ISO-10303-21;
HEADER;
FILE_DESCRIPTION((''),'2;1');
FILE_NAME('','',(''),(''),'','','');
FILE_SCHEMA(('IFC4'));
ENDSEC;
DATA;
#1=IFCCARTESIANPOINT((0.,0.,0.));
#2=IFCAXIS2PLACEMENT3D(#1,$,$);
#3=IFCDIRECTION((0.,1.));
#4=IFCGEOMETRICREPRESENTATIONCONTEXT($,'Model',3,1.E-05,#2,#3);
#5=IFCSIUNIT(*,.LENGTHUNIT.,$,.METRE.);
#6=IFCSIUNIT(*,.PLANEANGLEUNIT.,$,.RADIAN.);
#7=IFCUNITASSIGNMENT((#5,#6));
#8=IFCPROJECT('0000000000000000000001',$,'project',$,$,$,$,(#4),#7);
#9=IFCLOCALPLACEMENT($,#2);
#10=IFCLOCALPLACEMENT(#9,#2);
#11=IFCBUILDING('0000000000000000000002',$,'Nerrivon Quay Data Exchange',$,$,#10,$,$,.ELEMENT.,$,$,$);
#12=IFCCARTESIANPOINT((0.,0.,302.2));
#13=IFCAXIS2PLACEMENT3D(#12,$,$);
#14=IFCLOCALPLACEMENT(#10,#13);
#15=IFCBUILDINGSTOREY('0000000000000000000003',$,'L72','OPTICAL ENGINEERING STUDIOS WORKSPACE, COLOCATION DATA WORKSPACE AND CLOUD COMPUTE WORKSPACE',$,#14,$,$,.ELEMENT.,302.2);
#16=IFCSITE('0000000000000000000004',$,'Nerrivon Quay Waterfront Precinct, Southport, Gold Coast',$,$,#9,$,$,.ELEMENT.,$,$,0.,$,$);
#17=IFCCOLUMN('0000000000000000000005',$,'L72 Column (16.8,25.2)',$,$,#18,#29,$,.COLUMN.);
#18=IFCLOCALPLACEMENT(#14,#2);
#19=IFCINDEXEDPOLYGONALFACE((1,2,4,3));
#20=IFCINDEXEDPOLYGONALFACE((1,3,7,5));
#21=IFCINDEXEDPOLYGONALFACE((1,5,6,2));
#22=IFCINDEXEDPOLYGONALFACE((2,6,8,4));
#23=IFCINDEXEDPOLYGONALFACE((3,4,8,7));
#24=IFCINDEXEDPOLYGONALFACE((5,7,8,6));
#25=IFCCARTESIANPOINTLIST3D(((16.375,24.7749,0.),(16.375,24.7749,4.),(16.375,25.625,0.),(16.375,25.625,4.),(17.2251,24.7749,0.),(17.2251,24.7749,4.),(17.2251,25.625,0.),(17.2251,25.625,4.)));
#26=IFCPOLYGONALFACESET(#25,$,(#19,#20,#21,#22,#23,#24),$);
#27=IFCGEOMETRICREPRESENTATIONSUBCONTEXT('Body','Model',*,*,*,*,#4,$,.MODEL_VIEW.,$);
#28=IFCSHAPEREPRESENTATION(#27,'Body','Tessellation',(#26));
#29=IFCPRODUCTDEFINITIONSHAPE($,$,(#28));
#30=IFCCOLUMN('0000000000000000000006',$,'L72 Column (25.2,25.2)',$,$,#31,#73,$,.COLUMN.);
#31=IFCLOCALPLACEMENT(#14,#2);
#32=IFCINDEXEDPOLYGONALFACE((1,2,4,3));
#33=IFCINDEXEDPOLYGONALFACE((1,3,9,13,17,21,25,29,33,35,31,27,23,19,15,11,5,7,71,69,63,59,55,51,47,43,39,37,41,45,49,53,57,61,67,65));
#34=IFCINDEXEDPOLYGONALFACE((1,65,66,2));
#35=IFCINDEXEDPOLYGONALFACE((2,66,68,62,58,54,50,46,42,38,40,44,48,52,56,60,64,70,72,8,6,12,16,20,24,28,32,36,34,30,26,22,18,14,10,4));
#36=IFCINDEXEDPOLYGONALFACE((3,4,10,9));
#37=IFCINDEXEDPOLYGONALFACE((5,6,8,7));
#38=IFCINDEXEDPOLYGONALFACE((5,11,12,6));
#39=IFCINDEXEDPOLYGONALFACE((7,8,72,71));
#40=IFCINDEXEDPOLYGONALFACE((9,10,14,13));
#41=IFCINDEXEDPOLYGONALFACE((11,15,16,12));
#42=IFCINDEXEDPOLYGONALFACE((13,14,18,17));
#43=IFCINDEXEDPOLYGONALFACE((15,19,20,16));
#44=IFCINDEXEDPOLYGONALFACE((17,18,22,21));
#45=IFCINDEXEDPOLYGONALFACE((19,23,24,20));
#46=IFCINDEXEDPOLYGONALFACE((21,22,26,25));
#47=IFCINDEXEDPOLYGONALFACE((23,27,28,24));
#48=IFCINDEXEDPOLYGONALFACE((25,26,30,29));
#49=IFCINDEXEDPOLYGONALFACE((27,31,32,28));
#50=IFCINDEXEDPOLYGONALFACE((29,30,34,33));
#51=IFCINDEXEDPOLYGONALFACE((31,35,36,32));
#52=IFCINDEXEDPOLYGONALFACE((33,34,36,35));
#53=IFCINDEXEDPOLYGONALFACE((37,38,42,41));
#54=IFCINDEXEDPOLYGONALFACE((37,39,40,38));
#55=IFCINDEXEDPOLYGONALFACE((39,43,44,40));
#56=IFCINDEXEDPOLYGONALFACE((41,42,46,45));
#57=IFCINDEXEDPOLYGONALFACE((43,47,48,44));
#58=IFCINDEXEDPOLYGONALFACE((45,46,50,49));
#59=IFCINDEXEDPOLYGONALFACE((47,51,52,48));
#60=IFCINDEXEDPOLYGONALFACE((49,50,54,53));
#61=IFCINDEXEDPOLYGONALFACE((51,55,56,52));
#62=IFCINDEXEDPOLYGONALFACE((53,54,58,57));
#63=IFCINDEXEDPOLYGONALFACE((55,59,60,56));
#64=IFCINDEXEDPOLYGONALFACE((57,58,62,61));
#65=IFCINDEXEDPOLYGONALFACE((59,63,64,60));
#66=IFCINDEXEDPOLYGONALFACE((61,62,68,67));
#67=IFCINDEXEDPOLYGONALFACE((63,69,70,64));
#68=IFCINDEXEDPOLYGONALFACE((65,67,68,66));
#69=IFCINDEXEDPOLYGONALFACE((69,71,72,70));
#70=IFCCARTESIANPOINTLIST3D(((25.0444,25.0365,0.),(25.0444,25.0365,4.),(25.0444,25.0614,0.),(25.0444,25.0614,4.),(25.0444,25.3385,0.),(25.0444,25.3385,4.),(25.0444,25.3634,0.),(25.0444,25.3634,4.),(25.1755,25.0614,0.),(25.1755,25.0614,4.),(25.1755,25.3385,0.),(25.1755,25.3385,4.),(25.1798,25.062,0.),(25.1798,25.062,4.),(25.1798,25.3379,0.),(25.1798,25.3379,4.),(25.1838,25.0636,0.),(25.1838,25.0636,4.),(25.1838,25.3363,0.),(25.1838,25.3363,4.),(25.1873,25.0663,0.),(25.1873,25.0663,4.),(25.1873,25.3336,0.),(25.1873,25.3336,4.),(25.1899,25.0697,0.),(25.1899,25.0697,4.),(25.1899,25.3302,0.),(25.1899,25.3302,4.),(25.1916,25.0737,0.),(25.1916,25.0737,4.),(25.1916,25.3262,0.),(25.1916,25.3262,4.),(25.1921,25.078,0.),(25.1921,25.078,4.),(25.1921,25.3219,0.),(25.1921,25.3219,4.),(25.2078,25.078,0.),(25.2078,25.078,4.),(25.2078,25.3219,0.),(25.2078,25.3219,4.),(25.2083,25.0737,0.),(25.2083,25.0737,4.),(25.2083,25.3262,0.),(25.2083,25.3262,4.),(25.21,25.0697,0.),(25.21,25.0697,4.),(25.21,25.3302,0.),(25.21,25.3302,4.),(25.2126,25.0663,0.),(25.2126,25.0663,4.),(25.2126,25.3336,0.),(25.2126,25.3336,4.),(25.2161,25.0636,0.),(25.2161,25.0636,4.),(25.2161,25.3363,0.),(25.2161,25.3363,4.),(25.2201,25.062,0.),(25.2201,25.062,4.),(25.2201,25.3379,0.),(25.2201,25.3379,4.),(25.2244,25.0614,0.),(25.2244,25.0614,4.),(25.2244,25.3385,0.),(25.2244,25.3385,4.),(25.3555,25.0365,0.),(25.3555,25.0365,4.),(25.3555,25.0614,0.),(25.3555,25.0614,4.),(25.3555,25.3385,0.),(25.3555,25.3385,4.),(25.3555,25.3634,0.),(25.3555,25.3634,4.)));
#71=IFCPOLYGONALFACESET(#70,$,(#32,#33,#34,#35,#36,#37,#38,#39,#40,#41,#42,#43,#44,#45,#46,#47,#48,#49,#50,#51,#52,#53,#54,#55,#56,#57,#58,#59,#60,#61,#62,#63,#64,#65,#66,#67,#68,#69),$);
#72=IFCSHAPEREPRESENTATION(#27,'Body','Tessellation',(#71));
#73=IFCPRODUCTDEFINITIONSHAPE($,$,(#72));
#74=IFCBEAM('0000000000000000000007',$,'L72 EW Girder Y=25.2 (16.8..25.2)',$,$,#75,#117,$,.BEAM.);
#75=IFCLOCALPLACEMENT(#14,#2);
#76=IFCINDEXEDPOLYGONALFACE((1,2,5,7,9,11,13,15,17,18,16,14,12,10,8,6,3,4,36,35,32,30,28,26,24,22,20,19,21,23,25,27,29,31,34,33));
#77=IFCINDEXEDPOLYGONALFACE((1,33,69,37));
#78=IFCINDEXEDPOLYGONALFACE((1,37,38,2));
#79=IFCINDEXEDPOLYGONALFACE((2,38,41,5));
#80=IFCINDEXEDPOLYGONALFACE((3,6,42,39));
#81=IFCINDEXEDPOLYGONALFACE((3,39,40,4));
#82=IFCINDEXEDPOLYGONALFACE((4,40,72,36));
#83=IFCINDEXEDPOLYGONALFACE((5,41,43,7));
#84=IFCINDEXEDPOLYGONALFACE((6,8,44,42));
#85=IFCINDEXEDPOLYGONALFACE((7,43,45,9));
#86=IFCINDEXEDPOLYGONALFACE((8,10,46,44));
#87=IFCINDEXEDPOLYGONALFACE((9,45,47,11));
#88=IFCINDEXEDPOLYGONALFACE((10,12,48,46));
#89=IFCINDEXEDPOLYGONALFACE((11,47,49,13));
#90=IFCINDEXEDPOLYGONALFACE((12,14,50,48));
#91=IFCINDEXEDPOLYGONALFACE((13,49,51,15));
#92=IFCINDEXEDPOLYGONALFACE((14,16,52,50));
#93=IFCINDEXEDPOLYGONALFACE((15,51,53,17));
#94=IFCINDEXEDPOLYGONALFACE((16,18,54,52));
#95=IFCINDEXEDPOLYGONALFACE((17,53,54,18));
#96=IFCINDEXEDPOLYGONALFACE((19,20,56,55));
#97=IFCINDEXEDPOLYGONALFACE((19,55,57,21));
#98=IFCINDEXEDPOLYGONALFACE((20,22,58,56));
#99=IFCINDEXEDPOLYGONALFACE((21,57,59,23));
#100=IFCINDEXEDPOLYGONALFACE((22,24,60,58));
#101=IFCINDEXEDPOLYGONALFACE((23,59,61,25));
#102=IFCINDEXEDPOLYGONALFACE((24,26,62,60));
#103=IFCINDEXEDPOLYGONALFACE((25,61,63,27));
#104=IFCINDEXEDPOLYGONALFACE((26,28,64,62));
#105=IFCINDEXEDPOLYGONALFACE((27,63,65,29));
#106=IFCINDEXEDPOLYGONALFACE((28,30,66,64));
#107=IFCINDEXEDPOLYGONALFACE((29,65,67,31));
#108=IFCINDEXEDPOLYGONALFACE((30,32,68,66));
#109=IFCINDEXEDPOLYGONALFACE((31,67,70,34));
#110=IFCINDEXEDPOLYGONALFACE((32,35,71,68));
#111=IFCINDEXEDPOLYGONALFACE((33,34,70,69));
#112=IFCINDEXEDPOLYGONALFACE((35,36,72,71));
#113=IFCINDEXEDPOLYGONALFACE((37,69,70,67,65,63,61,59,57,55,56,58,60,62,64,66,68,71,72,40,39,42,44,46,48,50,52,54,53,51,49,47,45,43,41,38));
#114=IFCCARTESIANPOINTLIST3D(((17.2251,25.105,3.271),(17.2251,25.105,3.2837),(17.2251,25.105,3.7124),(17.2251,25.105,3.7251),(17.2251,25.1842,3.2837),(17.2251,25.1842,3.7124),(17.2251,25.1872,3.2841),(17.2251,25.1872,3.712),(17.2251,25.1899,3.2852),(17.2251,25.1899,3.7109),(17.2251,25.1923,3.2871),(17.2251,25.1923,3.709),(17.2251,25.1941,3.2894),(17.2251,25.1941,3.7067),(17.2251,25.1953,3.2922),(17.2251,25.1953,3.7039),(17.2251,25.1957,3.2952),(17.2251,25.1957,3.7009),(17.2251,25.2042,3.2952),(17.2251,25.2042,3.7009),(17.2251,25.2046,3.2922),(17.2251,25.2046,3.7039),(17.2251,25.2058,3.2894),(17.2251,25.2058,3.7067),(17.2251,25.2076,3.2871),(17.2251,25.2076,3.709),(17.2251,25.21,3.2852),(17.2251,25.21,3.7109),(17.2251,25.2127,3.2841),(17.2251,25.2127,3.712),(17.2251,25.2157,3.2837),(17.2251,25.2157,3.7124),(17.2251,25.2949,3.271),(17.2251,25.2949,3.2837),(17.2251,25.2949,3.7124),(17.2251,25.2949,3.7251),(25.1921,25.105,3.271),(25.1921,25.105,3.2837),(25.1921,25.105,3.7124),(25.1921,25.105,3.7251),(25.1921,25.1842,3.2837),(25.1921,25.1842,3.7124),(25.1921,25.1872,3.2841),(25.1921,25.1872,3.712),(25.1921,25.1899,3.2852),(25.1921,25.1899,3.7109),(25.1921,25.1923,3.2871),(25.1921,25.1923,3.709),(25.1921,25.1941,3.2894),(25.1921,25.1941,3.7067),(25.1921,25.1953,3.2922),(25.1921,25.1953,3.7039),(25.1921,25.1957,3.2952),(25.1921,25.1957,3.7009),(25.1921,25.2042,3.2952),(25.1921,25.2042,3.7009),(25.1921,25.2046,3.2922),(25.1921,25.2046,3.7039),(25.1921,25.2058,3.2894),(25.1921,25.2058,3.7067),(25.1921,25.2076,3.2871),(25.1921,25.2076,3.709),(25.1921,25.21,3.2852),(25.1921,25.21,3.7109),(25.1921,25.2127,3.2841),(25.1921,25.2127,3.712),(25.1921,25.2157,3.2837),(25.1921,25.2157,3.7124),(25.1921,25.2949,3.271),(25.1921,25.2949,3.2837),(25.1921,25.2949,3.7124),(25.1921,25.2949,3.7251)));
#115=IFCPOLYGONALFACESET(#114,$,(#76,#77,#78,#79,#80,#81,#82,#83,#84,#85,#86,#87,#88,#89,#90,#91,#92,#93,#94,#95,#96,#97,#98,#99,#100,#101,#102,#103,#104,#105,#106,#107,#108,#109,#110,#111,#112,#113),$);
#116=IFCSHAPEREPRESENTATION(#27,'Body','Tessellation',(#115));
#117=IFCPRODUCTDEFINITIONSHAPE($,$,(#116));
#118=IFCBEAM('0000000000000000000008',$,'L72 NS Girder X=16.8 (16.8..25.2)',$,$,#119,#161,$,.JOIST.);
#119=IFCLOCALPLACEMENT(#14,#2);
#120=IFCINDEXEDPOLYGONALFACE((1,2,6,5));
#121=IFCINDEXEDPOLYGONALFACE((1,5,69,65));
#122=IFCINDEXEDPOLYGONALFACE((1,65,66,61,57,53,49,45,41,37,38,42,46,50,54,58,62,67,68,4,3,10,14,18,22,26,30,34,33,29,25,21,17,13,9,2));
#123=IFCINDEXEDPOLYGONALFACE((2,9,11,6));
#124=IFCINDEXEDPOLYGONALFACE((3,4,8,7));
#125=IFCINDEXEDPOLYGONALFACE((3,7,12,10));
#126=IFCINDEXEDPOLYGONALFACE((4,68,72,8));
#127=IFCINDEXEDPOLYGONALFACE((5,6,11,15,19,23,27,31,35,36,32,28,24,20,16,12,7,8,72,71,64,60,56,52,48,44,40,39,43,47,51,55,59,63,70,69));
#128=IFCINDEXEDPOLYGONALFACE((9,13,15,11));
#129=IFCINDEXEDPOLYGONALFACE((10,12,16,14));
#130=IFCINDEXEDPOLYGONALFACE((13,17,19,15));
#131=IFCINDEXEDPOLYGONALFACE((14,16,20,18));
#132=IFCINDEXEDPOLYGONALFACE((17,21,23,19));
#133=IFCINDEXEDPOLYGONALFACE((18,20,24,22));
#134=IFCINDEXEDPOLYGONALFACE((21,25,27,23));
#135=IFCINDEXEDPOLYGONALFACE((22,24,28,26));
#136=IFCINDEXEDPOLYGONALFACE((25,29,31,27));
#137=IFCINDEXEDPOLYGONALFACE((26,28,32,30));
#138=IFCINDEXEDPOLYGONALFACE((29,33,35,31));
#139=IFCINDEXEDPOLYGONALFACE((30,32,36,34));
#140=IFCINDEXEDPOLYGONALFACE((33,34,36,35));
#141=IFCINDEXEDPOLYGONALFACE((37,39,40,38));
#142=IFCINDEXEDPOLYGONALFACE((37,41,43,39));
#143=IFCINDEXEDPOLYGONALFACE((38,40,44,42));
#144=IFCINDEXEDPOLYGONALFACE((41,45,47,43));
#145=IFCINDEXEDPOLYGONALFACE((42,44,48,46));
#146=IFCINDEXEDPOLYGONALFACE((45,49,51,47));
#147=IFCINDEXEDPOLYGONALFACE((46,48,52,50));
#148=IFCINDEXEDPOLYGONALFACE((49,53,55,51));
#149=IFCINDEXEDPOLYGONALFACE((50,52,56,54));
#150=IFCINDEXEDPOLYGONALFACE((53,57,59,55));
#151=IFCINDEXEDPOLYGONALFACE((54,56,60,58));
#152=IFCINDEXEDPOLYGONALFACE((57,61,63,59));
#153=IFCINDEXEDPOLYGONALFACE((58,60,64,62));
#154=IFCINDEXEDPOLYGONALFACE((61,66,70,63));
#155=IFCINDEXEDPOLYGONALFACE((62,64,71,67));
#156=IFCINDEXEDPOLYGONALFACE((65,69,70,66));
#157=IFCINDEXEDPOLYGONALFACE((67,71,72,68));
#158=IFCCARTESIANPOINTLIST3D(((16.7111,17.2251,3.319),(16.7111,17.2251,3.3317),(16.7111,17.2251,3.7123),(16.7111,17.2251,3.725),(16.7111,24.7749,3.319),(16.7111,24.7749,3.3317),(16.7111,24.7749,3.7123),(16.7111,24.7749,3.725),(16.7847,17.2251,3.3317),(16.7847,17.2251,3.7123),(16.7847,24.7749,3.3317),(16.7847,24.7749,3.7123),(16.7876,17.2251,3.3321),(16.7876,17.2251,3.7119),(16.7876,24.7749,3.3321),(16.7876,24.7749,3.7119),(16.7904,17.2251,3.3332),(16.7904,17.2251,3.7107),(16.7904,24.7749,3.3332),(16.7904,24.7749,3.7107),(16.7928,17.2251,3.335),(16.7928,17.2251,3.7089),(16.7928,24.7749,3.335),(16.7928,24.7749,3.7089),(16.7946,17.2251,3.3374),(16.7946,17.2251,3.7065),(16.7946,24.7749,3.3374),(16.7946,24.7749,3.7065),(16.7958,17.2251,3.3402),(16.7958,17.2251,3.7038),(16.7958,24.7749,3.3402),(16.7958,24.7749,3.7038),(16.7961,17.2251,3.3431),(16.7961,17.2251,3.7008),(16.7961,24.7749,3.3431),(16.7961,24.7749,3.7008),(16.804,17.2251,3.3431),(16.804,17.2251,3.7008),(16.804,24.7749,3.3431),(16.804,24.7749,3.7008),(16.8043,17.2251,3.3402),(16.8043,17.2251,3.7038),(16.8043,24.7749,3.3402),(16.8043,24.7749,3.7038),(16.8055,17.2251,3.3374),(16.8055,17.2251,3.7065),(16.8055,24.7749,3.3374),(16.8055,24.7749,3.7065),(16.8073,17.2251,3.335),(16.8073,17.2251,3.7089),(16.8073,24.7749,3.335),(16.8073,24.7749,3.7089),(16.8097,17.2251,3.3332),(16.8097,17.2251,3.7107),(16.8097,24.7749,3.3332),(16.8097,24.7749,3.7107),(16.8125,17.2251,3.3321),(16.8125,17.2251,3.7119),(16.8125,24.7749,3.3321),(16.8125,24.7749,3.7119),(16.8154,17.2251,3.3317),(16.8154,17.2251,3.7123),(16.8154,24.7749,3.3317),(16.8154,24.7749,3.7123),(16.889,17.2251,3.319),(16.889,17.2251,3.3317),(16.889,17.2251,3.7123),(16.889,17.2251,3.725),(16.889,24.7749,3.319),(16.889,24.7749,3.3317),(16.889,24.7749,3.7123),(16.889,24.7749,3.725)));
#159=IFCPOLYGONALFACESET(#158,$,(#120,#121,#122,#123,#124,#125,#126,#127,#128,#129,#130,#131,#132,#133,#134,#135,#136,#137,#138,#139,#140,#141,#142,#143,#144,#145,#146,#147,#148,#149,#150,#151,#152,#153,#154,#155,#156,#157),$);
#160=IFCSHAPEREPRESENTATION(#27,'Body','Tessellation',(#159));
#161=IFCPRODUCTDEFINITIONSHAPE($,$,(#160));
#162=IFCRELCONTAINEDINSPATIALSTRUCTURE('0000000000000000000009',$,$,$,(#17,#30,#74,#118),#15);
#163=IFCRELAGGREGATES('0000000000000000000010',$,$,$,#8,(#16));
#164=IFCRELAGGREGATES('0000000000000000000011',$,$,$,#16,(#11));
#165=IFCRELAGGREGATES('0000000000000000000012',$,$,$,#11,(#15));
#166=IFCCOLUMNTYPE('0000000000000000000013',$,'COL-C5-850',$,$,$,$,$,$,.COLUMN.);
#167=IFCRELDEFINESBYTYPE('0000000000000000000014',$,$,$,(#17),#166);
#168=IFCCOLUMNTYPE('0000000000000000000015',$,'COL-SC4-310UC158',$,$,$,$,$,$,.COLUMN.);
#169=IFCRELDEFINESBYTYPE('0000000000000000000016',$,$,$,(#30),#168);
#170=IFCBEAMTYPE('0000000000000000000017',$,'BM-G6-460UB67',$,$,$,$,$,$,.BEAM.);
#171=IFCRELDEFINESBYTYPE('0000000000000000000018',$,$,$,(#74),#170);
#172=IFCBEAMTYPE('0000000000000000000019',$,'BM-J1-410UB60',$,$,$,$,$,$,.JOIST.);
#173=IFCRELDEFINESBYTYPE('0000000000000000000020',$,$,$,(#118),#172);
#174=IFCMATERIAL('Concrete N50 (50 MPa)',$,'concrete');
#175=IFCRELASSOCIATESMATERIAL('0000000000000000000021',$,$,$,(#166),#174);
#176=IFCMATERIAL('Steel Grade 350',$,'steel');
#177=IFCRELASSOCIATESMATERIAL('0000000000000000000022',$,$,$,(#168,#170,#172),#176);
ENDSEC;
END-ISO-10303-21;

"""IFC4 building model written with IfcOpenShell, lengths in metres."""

from ifc_helpers import new_model, si_unit, direction, frame, origin, origin_2d, place, context, subcontext, project, spatial, rectangle, i_section, extrude, material, material_profile, profile_set, type_object, element, save


model = new_model("IFC4")

# Units and contexts
model_context = context("Model", 3, precision=1e-05, world=origin(), true_north=direction((0.0, 1.0)))
body_context = subcontext(model_context, "Body", "Model", "MODEL_VIEW")
ifc_project = project(units=[si_unit("LENGTHUNIT", "METRE"), si_unit("PLANEANGLEUNIT", "RADIAN")], contexts=[model_context])

# Site, building, storey
site_placement = place(None, origin())
site = spatial("IfcSite", under=ifc_project, at=site_placement, Name="Nerrivon Quay Waterfront Precinct, Southport, Gold Coast", CompositionType="ELEMENT", RefElevation=0.0)
building_placement = place(site_placement, origin())
building = spatial("IfcBuilding", under=site, at=building_placement, Name="Nerrivon Quay Data Exchange", CompositionType="ELEMENT")
storey_placement = place(building_placement, frame((0.0, 0.0, 302.2)))
storey = spatial("IfcBuildingStorey", under=building, at=storey_placement, Name="L72", Description="OPTICAL ENGINEERING STUDIOS WORKSPACE, COLOCATION DATA WORKSPACE AND CLOUD COMPUTE WORKSPACE", CompositionType="ELEMENT", Elevation=302.2)

# Columns
ifc_material_1 = material(Name="Concrete N50 (50 MPa)", Category="concrete")
ifc_material_profile_1 = material_profile(ifc_material_1, rectangle(XDim=0.8501, YDim=0.8501, at=origin_2d()), Name="RC-COL-850x850")
ifc_profile_set_1 = profile_set([ifc_material_profile_1], Name="Concrete N50 (50 MPa)")
column_type_1 = type_object("IfcColumnType", Name="COL-C5-850", PredefinedType="COLUMN", material=ifc_profile_set_1)
column_1_placement = place(storey_placement, frame((16.8, 25.2, 0.0), z_axis=(0.0, 0.0, 1.0), x_axis=(1.0, 0.0, 0.0)))
element("IfcColumn", 1, at=column_1_placement, inside=storey, type_object=column_type_1, Name="L72 Column (16.8,25.2)", PredefinedType="COLUMN", context=body_context, shape_type="SweptSolid", body=[
    extrude(rectangle(XDim=0.8501, YDim=0.8501, at=origin_2d()), origin(), (0.0, 0.0, 1.0), 4.0),
])
ifc_material_2 = material(Name="Steel Grade 350", Category="steel")
ifc_material_profile_2 = material_profile(ifc_material_2, i_section(OverallWidth=0.311, OverallDepth=0.3269, WebThickness=0.0156, FlangeThickness=0.0249, FilletRadius=0.0166, at=origin_2d()), Name="310UC158")
ifc_profile_set_2 = profile_set([ifc_material_profile_2], Name="Steel Grade 350")
column_type_2 = type_object("IfcColumnType", Name="COL-SC4-310UC158", PredefinedType="COLUMN", material=ifc_profile_set_2)
column_2_placement = place(storey_placement, frame((25.2, 25.2, 0.0), z_axis=(0.0, 0.0, 1.0), x_axis=(1.0, 0.0, 0.0)))
element("IfcColumn", 2, at=column_2_placement, inside=storey, type_object=column_type_2, Name="L72 Column (25.2,25.2)", PredefinedType="COLUMN", context=body_context, shape_type="SweptSolid", body=[
    extrude(i_section(OverallWidth=0.311, OverallDepth=0.3269, WebThickness=0.0156, FlangeThickness=0.0249, FilletRadius=0.0166, at=origin_2d()), origin(), (0.0, 0.0, 1.0), 4.0),
])

# Beams
ifc_material_profile_3 = material_profile(ifc_material_2, i_section(OverallWidth=0.1899, OverallDepth=0.4541, WebThickness=0.0085, FlangeThickness=0.0127, FilletRadius=0.0115, at=origin_2d()), Name="460UB67.1")
ifc_profile_set_3 = profile_set([ifc_material_profile_3], Name="Steel Grade 350")
beam_type_1 = type_object("IfcBeamType", Name="BM-G6-460UB67", PredefinedType="BEAM", material=ifc_profile_set_3)
beam_1_placement = place(storey_placement, frame((17.2251, 25.2, 3.498), z_axis=(1.0, 0.0, 0.0), x_axis=(0.0, 1.0, 0.0)))
element("IfcBeam", 3, at=beam_1_placement, inside=storey, type_object=beam_type_1, Name="L72 EW Girder Y=25.2 (16.8..25.2)", PredefinedType="BEAM", context=body_context, shape_type="SweptSolid", body=[
    extrude(i_section(OverallWidth=0.1899, OverallDepth=0.4541, WebThickness=0.0085, FlangeThickness=0.0127, FilletRadius=0.0115, at=origin_2d()), origin(), (0.0, 0.0, 1.0), 7.967),
])
ifc_material_profile_4 = material_profile(ifc_material_2, i_section(OverallWidth=0.178, OverallDepth=0.406, WebThickness=0.0078, FlangeThickness=0.0127, FilletRadius=0.0115, at=origin_2d()), Name="410UB59.7")
ifc_profile_set_4 = profile_set([ifc_material_profile_4], Name="Steel Grade 350")
beam_type_2 = type_object("IfcBeamType", Name="BM-J1-410UB60", PredefinedType="JOIST", material=ifc_profile_set_4)
beam_2_placement = place(storey_placement, frame((16.8, 17.2251, 3.522), z_axis=(0.0, 1.0, 0.0), x_axis=(-1.0, 0.0, 0.0)))
element("IfcBeam", 4, at=beam_2_placement, inside=storey, type_object=beam_type_2, Name="L72 NS Girder X=16.8 (16.8..25.2)", PredefinedType="JOIST", context=body_context, shape_type="SweptSolid", body=[
    extrude(i_section(OverallWidth=0.178, OverallDepth=0.406, WebThickness=0.0078, FlangeThickness=0.0127, FilletRadius=0.0115, at=origin_2d()), origin(), (0.0, 0.0, 1.0), 7.5498),
])

save(model, "model.ifc")
